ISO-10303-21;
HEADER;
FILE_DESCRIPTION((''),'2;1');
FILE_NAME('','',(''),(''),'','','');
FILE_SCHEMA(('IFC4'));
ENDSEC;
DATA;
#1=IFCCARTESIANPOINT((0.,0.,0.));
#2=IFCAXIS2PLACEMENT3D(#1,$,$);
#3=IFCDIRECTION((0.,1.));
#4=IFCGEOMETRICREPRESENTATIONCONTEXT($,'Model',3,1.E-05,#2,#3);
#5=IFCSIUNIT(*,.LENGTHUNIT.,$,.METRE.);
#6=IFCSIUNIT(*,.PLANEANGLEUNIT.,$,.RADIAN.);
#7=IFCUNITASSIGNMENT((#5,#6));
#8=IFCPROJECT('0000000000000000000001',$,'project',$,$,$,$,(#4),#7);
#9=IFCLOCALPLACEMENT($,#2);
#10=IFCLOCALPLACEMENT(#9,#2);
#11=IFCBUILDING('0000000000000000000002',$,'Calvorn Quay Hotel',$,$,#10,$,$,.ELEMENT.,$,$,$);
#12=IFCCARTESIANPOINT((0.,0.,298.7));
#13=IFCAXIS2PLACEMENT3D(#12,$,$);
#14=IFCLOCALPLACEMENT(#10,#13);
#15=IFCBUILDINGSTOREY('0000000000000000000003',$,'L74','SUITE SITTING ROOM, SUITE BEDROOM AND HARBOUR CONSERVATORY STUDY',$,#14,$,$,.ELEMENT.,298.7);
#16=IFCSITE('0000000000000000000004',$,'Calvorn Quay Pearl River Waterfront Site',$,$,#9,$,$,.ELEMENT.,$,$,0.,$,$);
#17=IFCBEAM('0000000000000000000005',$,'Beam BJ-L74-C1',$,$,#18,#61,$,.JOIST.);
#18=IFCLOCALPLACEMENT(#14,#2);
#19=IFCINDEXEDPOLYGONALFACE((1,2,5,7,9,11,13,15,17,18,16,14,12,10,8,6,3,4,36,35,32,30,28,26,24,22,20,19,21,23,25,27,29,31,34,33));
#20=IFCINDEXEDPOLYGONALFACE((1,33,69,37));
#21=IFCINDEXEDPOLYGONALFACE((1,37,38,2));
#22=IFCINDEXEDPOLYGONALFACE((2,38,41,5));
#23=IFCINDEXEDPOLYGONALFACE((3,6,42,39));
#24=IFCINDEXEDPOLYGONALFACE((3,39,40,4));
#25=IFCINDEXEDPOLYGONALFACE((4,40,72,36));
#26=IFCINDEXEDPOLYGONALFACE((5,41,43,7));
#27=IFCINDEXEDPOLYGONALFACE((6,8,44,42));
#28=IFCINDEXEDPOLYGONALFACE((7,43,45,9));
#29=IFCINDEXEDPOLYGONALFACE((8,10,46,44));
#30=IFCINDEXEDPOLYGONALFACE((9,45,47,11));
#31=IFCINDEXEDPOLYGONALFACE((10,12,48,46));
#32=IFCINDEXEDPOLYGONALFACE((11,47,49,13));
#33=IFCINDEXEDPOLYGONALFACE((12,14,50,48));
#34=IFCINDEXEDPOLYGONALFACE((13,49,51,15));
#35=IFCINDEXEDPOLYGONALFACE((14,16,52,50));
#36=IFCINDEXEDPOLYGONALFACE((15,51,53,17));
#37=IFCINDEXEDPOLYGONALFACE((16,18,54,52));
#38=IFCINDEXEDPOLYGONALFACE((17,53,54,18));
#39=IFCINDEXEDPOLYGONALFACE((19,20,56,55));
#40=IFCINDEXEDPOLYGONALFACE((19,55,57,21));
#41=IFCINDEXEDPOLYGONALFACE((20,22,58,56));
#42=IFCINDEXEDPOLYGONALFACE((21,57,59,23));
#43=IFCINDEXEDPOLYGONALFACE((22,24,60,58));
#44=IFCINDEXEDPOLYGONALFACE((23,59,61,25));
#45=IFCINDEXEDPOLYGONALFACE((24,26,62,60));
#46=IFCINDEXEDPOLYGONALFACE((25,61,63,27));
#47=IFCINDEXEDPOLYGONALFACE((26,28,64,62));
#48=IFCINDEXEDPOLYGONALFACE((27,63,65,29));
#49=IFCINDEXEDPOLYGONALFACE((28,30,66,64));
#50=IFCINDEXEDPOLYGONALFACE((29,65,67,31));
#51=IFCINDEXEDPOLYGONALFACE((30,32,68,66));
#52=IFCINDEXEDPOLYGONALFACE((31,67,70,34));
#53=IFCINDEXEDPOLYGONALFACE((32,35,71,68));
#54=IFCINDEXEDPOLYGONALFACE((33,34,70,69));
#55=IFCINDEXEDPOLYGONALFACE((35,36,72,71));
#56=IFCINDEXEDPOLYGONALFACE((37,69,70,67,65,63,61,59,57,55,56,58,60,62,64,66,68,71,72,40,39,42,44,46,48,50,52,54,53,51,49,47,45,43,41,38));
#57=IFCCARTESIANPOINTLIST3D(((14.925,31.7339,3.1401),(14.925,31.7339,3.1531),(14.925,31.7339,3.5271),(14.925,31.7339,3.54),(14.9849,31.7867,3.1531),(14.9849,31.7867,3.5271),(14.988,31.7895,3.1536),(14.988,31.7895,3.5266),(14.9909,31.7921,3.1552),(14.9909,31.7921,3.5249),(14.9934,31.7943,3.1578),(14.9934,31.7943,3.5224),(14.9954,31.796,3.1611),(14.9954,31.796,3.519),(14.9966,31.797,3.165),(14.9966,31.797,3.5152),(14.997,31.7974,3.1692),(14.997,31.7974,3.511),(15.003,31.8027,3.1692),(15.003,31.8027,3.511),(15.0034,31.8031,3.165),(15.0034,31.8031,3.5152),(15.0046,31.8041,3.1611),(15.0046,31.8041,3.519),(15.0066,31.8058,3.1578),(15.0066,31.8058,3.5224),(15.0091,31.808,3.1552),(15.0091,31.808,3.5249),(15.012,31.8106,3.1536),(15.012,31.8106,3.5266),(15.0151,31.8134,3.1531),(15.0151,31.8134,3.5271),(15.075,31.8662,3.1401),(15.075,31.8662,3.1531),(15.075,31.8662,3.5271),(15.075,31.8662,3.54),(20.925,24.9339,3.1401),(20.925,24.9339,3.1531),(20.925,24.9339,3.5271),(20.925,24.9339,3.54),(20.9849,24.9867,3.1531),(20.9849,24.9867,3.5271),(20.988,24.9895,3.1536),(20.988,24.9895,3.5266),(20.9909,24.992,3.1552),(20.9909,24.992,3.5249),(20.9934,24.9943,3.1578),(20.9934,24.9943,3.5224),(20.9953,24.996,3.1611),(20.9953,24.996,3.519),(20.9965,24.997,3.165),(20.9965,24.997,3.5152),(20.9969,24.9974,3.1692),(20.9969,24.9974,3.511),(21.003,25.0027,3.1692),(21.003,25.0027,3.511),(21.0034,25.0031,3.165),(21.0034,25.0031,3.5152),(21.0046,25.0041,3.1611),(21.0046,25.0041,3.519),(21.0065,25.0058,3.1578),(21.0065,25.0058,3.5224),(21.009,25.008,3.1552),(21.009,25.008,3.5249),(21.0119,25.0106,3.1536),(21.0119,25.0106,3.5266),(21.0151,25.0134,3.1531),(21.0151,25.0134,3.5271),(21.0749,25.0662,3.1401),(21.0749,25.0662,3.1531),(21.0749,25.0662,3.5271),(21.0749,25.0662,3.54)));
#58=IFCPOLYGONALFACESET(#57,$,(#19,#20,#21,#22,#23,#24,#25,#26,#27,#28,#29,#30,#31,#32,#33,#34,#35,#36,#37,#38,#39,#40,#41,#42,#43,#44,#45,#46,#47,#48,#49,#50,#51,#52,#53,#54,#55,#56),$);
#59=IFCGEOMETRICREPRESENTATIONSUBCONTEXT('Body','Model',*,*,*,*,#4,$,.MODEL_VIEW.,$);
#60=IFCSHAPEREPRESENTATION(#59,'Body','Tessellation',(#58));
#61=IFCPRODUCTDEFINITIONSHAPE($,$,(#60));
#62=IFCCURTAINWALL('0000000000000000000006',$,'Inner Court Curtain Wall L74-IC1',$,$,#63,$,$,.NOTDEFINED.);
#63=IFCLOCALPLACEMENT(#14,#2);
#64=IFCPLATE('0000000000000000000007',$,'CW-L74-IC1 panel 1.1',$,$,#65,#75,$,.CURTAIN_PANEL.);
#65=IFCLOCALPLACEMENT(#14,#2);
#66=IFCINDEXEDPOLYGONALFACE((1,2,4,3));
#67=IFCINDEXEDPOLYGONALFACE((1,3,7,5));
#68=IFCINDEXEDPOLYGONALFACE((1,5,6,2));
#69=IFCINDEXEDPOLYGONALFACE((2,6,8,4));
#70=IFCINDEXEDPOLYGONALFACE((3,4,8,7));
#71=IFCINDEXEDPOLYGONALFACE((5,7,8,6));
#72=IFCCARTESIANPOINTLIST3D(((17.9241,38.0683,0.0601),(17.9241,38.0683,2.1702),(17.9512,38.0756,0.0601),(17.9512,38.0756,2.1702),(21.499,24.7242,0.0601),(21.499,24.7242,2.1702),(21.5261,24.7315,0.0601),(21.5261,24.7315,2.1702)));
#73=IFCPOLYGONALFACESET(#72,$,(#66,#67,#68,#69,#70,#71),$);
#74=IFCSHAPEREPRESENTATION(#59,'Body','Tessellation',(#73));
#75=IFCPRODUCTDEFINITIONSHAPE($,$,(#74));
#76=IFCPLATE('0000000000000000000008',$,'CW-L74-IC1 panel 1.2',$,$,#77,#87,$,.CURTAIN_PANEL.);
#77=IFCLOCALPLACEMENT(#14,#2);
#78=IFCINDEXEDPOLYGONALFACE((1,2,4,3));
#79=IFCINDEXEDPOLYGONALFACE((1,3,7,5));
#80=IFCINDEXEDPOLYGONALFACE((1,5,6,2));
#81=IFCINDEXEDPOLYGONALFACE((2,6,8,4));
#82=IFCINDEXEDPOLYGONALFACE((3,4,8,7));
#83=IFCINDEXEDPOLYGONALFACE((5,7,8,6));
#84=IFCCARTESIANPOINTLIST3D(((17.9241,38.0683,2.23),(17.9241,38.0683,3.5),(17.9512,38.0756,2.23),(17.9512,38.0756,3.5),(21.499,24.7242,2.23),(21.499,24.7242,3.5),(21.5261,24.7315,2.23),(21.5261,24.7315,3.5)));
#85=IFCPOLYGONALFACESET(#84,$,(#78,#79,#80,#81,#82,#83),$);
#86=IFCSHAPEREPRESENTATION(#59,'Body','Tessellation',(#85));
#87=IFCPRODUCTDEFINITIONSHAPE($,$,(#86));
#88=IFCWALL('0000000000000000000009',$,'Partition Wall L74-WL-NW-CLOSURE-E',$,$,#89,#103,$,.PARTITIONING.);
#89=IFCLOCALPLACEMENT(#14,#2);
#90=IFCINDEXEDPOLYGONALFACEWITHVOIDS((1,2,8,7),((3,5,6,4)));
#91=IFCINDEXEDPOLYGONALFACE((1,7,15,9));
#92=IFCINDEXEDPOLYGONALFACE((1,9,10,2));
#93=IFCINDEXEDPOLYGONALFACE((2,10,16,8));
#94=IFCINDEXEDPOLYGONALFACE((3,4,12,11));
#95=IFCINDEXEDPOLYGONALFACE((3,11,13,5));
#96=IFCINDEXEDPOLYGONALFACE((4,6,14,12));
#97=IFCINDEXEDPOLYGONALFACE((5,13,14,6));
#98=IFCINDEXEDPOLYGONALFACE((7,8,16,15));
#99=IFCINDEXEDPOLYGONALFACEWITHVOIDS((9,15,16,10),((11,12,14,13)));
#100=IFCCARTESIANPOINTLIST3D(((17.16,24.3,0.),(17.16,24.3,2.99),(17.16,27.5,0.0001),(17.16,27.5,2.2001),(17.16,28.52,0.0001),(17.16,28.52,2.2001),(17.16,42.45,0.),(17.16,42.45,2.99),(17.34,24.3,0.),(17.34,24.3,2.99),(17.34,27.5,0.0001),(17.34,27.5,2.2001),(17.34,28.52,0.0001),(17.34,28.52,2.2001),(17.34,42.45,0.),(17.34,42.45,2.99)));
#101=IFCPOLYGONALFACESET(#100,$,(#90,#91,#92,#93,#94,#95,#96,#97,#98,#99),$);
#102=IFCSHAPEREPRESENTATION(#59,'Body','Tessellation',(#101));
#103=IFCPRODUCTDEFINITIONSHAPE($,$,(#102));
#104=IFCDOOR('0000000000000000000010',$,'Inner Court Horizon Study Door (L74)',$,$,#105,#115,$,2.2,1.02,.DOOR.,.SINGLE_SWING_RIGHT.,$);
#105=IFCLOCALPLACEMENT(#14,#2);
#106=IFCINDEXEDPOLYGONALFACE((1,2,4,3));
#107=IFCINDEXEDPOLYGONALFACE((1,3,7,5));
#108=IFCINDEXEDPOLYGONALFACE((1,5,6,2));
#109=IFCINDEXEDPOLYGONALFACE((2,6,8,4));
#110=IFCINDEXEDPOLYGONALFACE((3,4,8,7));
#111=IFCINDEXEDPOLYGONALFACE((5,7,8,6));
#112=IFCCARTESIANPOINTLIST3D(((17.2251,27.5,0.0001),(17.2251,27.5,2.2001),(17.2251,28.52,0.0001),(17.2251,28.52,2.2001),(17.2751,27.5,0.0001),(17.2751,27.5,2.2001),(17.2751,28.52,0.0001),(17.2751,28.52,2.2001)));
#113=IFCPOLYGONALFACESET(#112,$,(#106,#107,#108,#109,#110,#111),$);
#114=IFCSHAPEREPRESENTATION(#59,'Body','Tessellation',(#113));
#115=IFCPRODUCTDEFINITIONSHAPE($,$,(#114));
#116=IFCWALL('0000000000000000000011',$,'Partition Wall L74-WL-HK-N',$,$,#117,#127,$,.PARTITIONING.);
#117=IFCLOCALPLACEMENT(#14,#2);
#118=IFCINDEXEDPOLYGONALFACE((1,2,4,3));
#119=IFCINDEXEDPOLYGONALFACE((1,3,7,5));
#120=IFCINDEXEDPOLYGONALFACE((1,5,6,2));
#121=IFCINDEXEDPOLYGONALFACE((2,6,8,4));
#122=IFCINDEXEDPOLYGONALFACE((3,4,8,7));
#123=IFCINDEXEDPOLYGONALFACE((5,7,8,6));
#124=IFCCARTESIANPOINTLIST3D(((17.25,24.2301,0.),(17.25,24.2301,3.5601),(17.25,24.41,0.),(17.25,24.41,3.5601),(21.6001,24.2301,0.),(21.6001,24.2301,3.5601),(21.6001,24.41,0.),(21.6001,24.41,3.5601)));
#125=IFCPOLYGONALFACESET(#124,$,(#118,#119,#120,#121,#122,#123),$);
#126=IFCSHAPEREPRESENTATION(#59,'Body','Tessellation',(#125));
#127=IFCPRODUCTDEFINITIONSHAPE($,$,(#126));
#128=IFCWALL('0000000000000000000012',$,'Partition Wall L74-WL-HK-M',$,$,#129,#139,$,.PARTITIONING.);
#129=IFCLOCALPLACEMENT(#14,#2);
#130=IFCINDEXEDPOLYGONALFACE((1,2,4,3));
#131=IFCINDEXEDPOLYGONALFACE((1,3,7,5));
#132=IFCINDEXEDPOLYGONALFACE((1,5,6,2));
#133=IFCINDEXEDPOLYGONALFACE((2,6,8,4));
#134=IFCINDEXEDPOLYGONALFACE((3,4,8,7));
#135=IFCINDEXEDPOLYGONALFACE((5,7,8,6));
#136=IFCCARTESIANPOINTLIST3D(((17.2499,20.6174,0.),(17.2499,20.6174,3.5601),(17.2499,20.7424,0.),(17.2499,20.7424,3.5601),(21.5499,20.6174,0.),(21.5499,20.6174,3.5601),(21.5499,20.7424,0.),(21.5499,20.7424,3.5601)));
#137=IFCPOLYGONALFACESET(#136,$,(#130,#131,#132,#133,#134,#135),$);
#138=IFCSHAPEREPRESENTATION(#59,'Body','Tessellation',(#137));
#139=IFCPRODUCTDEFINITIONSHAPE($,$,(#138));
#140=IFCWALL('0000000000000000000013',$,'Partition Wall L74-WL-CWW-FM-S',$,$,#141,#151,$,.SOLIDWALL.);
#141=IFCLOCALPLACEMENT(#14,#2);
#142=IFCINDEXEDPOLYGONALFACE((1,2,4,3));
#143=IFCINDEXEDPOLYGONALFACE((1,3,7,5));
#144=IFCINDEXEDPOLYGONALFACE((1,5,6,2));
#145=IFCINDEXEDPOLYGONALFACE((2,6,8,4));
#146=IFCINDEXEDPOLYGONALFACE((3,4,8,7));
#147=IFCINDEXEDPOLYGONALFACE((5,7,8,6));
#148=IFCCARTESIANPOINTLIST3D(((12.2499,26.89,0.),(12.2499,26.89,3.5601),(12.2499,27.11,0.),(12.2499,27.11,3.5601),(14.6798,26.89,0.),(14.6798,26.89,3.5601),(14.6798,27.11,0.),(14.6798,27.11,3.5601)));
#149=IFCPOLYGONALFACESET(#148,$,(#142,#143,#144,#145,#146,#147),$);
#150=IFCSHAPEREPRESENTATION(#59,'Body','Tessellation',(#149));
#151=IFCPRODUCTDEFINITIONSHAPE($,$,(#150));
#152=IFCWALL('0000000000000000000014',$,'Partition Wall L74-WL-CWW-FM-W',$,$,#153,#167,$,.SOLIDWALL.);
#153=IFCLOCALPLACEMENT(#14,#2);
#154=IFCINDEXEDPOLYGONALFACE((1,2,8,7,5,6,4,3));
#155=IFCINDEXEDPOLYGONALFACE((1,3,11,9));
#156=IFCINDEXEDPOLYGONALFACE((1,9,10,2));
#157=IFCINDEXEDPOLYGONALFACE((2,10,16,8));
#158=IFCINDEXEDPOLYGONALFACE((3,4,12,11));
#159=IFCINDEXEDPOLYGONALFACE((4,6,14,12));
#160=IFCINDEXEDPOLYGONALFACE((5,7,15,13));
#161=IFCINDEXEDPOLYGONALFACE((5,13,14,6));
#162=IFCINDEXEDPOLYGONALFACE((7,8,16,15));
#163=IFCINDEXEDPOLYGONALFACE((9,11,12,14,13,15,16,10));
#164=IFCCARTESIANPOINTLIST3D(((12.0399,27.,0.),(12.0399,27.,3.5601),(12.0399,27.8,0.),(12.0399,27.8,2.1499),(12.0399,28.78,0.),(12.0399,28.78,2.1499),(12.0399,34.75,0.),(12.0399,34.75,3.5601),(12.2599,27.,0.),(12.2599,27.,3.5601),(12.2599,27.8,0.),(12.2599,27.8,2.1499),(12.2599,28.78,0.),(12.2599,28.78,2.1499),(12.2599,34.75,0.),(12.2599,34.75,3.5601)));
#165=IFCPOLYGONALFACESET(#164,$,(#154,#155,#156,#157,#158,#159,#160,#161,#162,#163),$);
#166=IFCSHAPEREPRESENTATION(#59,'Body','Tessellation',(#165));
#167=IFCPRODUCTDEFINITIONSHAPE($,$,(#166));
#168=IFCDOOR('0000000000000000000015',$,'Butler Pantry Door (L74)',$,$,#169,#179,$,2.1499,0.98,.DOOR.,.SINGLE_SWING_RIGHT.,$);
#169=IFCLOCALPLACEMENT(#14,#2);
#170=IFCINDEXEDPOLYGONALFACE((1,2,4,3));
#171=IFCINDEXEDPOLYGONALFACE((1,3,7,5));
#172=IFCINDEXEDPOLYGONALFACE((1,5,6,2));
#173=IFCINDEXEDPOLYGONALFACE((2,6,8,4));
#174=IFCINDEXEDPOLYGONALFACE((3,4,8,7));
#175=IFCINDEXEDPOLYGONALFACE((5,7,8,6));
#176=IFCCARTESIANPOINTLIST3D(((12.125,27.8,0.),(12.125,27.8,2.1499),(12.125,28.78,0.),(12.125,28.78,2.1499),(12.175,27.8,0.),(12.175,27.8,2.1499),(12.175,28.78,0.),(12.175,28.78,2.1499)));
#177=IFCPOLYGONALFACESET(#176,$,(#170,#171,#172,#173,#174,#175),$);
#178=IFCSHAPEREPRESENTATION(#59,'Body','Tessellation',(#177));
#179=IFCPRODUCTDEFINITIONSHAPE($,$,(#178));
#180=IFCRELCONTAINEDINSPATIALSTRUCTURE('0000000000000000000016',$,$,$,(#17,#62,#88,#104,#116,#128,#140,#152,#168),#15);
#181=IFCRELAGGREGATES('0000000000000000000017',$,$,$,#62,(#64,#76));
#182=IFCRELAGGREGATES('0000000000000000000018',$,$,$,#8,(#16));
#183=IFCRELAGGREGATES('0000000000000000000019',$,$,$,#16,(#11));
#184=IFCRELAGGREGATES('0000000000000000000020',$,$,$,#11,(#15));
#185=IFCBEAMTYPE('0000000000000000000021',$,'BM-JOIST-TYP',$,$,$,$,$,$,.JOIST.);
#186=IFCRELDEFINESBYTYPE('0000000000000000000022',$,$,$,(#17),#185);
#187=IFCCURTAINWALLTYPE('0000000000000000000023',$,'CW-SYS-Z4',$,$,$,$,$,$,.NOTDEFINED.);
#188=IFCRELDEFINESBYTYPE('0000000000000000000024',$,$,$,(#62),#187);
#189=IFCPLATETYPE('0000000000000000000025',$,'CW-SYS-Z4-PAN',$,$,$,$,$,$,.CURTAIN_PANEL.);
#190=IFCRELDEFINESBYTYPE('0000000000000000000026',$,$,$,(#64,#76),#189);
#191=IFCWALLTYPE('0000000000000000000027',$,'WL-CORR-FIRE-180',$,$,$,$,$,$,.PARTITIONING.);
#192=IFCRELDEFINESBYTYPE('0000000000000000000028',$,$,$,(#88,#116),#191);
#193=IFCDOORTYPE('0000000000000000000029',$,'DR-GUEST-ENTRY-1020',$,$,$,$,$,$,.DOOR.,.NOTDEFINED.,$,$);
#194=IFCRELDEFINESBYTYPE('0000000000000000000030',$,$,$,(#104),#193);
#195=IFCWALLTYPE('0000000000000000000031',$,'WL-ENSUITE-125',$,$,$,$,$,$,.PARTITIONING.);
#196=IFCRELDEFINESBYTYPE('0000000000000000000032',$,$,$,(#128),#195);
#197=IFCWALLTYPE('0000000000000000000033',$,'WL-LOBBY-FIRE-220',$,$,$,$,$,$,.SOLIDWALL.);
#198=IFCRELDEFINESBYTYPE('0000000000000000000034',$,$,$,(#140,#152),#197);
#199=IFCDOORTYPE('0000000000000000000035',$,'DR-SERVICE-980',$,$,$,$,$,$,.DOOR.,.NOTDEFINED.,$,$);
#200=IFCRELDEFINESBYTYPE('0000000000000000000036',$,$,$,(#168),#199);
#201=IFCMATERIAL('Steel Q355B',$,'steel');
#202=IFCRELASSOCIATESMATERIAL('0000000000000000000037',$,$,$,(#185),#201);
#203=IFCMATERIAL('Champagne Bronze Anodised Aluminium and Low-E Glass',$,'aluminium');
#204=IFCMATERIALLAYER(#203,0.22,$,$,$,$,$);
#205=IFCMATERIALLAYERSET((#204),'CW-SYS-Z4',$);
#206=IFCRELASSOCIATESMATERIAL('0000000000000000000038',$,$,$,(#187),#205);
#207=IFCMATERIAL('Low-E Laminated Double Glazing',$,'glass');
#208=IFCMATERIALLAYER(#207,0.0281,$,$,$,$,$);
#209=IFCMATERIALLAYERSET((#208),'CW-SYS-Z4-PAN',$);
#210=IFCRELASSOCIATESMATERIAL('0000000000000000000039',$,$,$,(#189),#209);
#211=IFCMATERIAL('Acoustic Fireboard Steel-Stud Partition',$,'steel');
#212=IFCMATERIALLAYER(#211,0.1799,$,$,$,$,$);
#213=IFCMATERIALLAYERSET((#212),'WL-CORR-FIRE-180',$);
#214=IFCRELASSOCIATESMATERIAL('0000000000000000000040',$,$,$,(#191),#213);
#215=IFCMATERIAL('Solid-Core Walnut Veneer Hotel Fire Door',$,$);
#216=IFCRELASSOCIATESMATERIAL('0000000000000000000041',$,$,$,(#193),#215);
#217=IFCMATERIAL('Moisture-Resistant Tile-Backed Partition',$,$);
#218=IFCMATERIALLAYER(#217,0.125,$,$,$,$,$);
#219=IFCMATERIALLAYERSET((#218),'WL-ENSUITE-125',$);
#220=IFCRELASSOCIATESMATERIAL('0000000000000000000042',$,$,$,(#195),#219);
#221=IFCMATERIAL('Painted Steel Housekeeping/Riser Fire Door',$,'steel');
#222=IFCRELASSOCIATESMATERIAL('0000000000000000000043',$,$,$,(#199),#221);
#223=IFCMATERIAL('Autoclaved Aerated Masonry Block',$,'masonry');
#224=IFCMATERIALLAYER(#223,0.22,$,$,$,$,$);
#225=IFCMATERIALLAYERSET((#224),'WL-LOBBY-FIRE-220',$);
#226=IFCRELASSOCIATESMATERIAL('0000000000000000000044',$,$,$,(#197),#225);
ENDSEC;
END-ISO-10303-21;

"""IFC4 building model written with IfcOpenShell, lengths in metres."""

from ifc_helpers import new_model, si_unit, direction, frame, frame_2d, origin, origin_2d, place, context, subcontext, project, spatial, rectangle, i_section, extrude, material, layer, layer_set, material_profile, profile_set, type_object, element, fill, aggregate, save


model = new_model("IFC4")

# Units and contexts
model_context = context("Model", 3, precision=1e-05, world=origin(), true_north=direction((0.0, 1.0)))
body_context = subcontext(model_context, "Body", "Model", "MODEL_VIEW")
ifc_project = project(units=[si_unit("LENGTHUNIT", "METRE"), si_unit("PLANEANGLEUNIT", "RADIAN")], contexts=[model_context])

# Site, building, storey
site_placement = place(None, origin())
site = spatial("IfcSite", under=ifc_project, at=site_placement, Name="Calvorn Quay Pearl River Waterfront Site", CompositionType="ELEMENT", RefElevation=0.0)
building_placement = place(site_placement, origin())
building = spatial("IfcBuilding", under=site, at=building_placement, Name="Calvorn Quay Hotel", CompositionType="ELEMENT")
storey_placement = place(building_placement, frame((0.0, 0.0, 298.7)))
storey = spatial("IfcBuildingStorey", under=building, at=storey_placement, Name="L74", Description="SUITE SITTING ROOM, SUITE BEDROOM AND HARBOUR CONSERVATORY STUDY", CompositionType="ELEMENT", Elevation=298.7)

# Beam
ifc_material_1 = material(Name="Steel Q355B", Category="steel")
ifc_material_profile_1 = material_profile(ifc_material_1, i_section(OverallWidth=0.2, OverallDepth=0.3999, WebThickness=0.0081, FlangeThickness=0.0129, FilletRadius=0.0161, at=origin_2d()), Name="HN400x200x8x13")
ifc_profile_set_1 = profile_set([ifc_material_profile_1], Name="Steel Q355B")
beam_type_1 = type_object("IfcBeamType", Name="BM-JOIST-TYP", PredefinedType="JOIST", material=ifc_profile_set_1)
beam_1_placement = place(storey_placement, frame((15.0, 31.8, 3.3401), z_axis=(0.661619, -0.74984, 0.0), x_axis=(0.74984, 0.661619, 0.0)))
element("IfcBeam", 1, at=beam_1_placement, inside=storey, type_object=beam_type_1, Name="Beam BJ-L74-C1", PredefinedType="JOIST", context=body_context, shape_type="SweptSolid", body=[
    extrude(i_section(OverallWidth=0.2, OverallDepth=0.3999, WebThickness=0.0081, FlangeThickness=0.0129, FilletRadius=0.0161, at=origin_2d()), origin(), (0.0, 0.0, 1.0), 9.0686),
])

# Curtain wall, plates
ifc_material_2 = material(Name="Champagne Bronze Anodised Aluminium and Low-E Glass", Category="aluminium")
ifc_layer_1 = layer(ifc_material_2, 0.22)
ifc_layer_set_1 = layer_set([ifc_layer_1], Name="CW-SYS-Z4")
curtain_wall_type = type_object("IfcCurtainWallType", Name="CW-SYS-Z4", PredefinedType="NOTDEFINED", material=ifc_layer_set_1)
curtain_wall_placement = place(storey_placement, origin())
curtain_wall = element("IfcCurtainWall", 2, at=curtain_wall_placement, inside=storey, type_object=curtain_wall_type, Name="Inner Court Curtain Wall L74-IC1", PredefinedType="NOTDEFINED")
ifc_material_3 = material(Name="Low-E Laminated Double Glazing", Category="glass")
ifc_layer_2 = layer(ifc_material_3, 0.0281)
ifc_layer_set_2 = layer_set([ifc_layer_2], Name="CW-SYS-Z4-PAN")
plate_type = type_object("IfcPlateType", Name="CW-SYS-Z4-PAN", PredefinedType="CURTAIN_PANEL", material=ifc_layer_set_2)
plate_1_placement = place(storey_placement, frame((19.7251, 31.3999, 0.0601), z_axis=(0.0, 0.0, 1.0), x_axis=(-0.258779, 0.965937, 0.0)))
plate_1 = element("IfcPlate", 3, at=plate_1_placement, type_object=plate_type, Name="CW-L74-IC1 panel 1.1", PredefinedType="CURTAIN_PANEL", context=body_context, shape_type="SweptSolid", body=[
    extrude(rectangle(XDim=13.8147, YDim=0.0281, at=origin_2d()), origin(), (0.0, 0.0, 1.0), 2.1101),
])
plate_2_placement = place(storey_placement, frame((19.7251, 31.3999, 2.23), z_axis=(0.0, 0.0, 1.0), x_axis=(-0.258779, 0.965937, 0.0)))
plate_2 = element("IfcPlate", 4, at=plate_2_placement, type_object=plate_type, Name="CW-L74-IC1 panel 1.2", PredefinedType="CURTAIN_PANEL", context=body_context, shape_type="SweptSolid", body=[
    extrude(rectangle(XDim=13.8147, YDim=0.0281, at=origin_2d()), origin(), (0.0, 0.0, 1.0), 1.27),
])
aggregate(curtain_wall, [plate_1, plate_2])

# Wall, opening, door
ifc_material_4 = material(Name="Acoustic Fireboard Steel-Stud Partition", Category="steel")
ifc_layer_3 = layer(ifc_material_4, 0.1799)
ifc_layer_set_3 = layer_set([ifc_layer_3], Name="WL-CORR-FIRE-180")
wall_type_1 = type_object("IfcWallType", Name="WL-CORR-FIRE-180", PredefinedType="PARTITIONING", material=ifc_layer_set_3)
wall_1_placement = place(storey_placement, frame((17.25, 24.3, 0.0), z_axis=(0.0, 0.0, 1.0), x_axis=(0.0, 1.0, 0.0)))
wall_1 = element("IfcWall", 5, at=wall_1_placement, inside=storey, type_object=wall_type_1, Name="Partition Wall L74-WL-NW-CLOSURE-E", PredefinedType="PARTITIONING", context=body_context, shape_type="SweptSolid", body=[
    extrude(rectangle(XDim=18.1499, YDim=0.1799, at=frame_2d((9.075, 0.0))), origin(), (0.0, 0.0, 1.0), 2.99),
])
opening_1_placement = place(wall_1_placement, frame((3.2, 0.0, 0.0)))
opening_1 = element("IfcOpeningElement", 6, at=opening_1_placement, cuts=wall_1, PredefinedType="OPENING", context=body_context, shape_type="SweptSolid", body=[
    extrude(rectangle(XDim=1.02, YDim=2.2, at=frame_2d((0.51, 1.1001))), frame((0.0, 0.0999, 0.0), z_axis=(0.0, -1.0, 0.0), x_axis=(1.0, 0.0, 0.0)), (0.0, 0.0, 1.0), 0.2),
])
ifc_material_5 = material(Name="Solid-Core Walnut Veneer Hotel Fire Door")
door_type_1 = type_object("IfcDoorType", Name="DR-GUEST-ENTRY-1020", OperationType="NOTDEFINED", PredefinedType="DOOR", material=ifc_material_5)
door_1_placement = place(opening_1_placement, origin())
door_1 = element("IfcDoor", 7, at=door_1_placement, inside=storey, type_object=door_type_1, Name="Inner Court Horizon Study Door (L74)", OperationType="SINGLE_SWING_RIGHT", OverallHeight=2.2, OverallWidth=1.02, PredefinedType="DOOR", context=body_context, shape_type="SweptSolid", body=[
    extrude(rectangle(XDim=1.02, YDim=2.2, at=frame_2d((0.51, 1.1001))), frame((0.0, 0.0249, 0.0), z_axis=(0.0, -1.0, 0.0), x_axis=(1.0, 0.0, 0.0)), (0.0, 0.0, 1.0), 0.05),
])
fill(opening_1, door_1)

# Walls
wall_2_placement = place(storey_placement, frame((17.25, 24.3201, 0.0), z_axis=(0.0, 0.0, 1.0), x_axis=(1.0, 0.0, 0.0)))
element("IfcWall", 8, at=wall_2_placement, inside=storey, type_object=wall_type_1, Name="Partition Wall L74-WL-HK-N", PredefinedType="PARTITIONING", context=body_context, shape_type="SweptSolid", body=[
    extrude(rectangle(XDim=4.3501, YDim=0.1799, at=frame_2d((2.175, 0.0))), origin(), (0.0, 0.0, 1.0), 3.5601),
])
ifc_material_6 = material(Name="Moisture-Resistant Tile-Backed Partition")
ifc_layer_4 = layer(ifc_material_6, 0.125)
ifc_layer_set_4 = layer_set([ifc_layer_4], Name="WL-ENSUITE-125")
wall_type_2 = type_object("IfcWallType", Name="WL-ENSUITE-125", PredefinedType="PARTITIONING", material=ifc_layer_set_4)
wall_3_placement = place(storey_placement, frame((17.25, 20.6799, 0.0), z_axis=(0.0, 0.0, 1.0), x_axis=(1.0, 0.0, 0.0)))
element("IfcWall", 9, at=wall_3_placement, inside=storey, type_object=wall_type_2, Name="Partition Wall L74-WL-HK-M", PredefinedType="PARTITIONING", context=body_context, shape_type="SweptSolid", body=[
    extrude(rectangle(XDim=4.3, YDim=0.125, at=frame_2d((2.1499, 0.0))), origin(), (0.0, 0.0, 1.0), 3.5601),
])

# Shared definitions
ifc_material_7 = material(Name="Painted Steel Housekeeping/Riser Fire Door", Category="steel")
door_type_2 = type_object("IfcDoorType", Name="DR-SERVICE-980", OperationType="NOTDEFINED", PredefinedType="DOOR", material=ifc_material_7)
ifc_material_8 = material(Name="Autoclaved Aerated Masonry Block", Category="masonry")
ifc_layer_5 = layer(ifc_material_8, 0.22)
ifc_layer_set_5 = layer_set([ifc_layer_5], Name="WL-LOBBY-FIRE-220")
wall_type_3 = type_object("IfcWallType", Name="WL-LOBBY-FIRE-220", PredefinedType="SOLIDWALL", material=ifc_layer_set_5)

# Wall
wall_4_placement = place(storey_placement, frame((12.25, 27.0, 0.0), z_axis=(0.0, 0.0, 1.0), x_axis=(1.0, 0.0, 0.0)))
element("IfcWall", 10, at=wall_4_placement, inside=storey, type_object=wall_type_3, Name="Partition Wall L74-WL-CWW-FM-S", PredefinedType="SOLIDWALL", context=body_context, shape_type="SweptSolid", body=[
    extrude(rectangle(XDim=2.4299, YDim=0.22, at=frame_2d((1.2148, 0.0))), origin(), (0.0, 0.0, 1.0), 3.5601),
])

# Wall, opening, door
wall_5_placement = place(storey_placement, frame((12.1499, 27.0, 0.0), z_axis=(0.0, 0.0, 1.0), x_axis=(0.0, 1.0, 0.0)))
wall_5 = element("IfcWall", 11, at=wall_5_placement, inside=storey, type_object=wall_type_3, Name="Partition Wall L74-WL-CWW-FM-W", PredefinedType="SOLIDWALL", context=body_context, shape_type="SweptSolid", body=[
    extrude(rectangle(XDim=7.75, YDim=0.22, at=frame_2d((3.875, 0.0))), origin(), (0.0, 0.0, 1.0), 3.5601),
])
opening_2_placement = place(wall_5_placement, frame((0.8, 0.0, 0.0)))
opening_2 = element("IfcOpeningElement", 12, at=opening_2_placement, cuts=wall_5, PredefinedType="OPENING", context=body_context, shape_type="SweptSolid", body=[
    extrude(rectangle(XDim=0.98, YDim=2.1499, at=frame_2d((0.49, 1.075))), frame((0.0, 0.1199, 0.0), z_axis=(0.0, -1.0, 0.0), x_axis=(1.0, 0.0, 0.0)), (0.0, 0.0, 1.0), 0.24),
])
door_2_placement = place(opening_2_placement, origin())
door_2 = element("IfcDoor", 13, at=door_2_placement, inside=storey, type_object=door_type_2, Name="Butler Pantry Door (L74)", OperationType="SINGLE_SWING_RIGHT", OverallHeight=2.1499, OverallWidth=0.98, PredefinedType="DOOR", context=body_context, shape_type="SweptSolid", body=[
    extrude(rectangle(XDim=0.98, YDim=2.1499, at=frame_2d((0.49, 1.075))), frame((0.0, 0.0249, 0.0), z_axis=(0.0, -1.0, 0.0), x_axis=(1.0, 0.0, 0.0)), (0.0, 0.0, 1.0), 0.05),
])
fill(opening_2, door_2)

save(model, "model.ifc")
